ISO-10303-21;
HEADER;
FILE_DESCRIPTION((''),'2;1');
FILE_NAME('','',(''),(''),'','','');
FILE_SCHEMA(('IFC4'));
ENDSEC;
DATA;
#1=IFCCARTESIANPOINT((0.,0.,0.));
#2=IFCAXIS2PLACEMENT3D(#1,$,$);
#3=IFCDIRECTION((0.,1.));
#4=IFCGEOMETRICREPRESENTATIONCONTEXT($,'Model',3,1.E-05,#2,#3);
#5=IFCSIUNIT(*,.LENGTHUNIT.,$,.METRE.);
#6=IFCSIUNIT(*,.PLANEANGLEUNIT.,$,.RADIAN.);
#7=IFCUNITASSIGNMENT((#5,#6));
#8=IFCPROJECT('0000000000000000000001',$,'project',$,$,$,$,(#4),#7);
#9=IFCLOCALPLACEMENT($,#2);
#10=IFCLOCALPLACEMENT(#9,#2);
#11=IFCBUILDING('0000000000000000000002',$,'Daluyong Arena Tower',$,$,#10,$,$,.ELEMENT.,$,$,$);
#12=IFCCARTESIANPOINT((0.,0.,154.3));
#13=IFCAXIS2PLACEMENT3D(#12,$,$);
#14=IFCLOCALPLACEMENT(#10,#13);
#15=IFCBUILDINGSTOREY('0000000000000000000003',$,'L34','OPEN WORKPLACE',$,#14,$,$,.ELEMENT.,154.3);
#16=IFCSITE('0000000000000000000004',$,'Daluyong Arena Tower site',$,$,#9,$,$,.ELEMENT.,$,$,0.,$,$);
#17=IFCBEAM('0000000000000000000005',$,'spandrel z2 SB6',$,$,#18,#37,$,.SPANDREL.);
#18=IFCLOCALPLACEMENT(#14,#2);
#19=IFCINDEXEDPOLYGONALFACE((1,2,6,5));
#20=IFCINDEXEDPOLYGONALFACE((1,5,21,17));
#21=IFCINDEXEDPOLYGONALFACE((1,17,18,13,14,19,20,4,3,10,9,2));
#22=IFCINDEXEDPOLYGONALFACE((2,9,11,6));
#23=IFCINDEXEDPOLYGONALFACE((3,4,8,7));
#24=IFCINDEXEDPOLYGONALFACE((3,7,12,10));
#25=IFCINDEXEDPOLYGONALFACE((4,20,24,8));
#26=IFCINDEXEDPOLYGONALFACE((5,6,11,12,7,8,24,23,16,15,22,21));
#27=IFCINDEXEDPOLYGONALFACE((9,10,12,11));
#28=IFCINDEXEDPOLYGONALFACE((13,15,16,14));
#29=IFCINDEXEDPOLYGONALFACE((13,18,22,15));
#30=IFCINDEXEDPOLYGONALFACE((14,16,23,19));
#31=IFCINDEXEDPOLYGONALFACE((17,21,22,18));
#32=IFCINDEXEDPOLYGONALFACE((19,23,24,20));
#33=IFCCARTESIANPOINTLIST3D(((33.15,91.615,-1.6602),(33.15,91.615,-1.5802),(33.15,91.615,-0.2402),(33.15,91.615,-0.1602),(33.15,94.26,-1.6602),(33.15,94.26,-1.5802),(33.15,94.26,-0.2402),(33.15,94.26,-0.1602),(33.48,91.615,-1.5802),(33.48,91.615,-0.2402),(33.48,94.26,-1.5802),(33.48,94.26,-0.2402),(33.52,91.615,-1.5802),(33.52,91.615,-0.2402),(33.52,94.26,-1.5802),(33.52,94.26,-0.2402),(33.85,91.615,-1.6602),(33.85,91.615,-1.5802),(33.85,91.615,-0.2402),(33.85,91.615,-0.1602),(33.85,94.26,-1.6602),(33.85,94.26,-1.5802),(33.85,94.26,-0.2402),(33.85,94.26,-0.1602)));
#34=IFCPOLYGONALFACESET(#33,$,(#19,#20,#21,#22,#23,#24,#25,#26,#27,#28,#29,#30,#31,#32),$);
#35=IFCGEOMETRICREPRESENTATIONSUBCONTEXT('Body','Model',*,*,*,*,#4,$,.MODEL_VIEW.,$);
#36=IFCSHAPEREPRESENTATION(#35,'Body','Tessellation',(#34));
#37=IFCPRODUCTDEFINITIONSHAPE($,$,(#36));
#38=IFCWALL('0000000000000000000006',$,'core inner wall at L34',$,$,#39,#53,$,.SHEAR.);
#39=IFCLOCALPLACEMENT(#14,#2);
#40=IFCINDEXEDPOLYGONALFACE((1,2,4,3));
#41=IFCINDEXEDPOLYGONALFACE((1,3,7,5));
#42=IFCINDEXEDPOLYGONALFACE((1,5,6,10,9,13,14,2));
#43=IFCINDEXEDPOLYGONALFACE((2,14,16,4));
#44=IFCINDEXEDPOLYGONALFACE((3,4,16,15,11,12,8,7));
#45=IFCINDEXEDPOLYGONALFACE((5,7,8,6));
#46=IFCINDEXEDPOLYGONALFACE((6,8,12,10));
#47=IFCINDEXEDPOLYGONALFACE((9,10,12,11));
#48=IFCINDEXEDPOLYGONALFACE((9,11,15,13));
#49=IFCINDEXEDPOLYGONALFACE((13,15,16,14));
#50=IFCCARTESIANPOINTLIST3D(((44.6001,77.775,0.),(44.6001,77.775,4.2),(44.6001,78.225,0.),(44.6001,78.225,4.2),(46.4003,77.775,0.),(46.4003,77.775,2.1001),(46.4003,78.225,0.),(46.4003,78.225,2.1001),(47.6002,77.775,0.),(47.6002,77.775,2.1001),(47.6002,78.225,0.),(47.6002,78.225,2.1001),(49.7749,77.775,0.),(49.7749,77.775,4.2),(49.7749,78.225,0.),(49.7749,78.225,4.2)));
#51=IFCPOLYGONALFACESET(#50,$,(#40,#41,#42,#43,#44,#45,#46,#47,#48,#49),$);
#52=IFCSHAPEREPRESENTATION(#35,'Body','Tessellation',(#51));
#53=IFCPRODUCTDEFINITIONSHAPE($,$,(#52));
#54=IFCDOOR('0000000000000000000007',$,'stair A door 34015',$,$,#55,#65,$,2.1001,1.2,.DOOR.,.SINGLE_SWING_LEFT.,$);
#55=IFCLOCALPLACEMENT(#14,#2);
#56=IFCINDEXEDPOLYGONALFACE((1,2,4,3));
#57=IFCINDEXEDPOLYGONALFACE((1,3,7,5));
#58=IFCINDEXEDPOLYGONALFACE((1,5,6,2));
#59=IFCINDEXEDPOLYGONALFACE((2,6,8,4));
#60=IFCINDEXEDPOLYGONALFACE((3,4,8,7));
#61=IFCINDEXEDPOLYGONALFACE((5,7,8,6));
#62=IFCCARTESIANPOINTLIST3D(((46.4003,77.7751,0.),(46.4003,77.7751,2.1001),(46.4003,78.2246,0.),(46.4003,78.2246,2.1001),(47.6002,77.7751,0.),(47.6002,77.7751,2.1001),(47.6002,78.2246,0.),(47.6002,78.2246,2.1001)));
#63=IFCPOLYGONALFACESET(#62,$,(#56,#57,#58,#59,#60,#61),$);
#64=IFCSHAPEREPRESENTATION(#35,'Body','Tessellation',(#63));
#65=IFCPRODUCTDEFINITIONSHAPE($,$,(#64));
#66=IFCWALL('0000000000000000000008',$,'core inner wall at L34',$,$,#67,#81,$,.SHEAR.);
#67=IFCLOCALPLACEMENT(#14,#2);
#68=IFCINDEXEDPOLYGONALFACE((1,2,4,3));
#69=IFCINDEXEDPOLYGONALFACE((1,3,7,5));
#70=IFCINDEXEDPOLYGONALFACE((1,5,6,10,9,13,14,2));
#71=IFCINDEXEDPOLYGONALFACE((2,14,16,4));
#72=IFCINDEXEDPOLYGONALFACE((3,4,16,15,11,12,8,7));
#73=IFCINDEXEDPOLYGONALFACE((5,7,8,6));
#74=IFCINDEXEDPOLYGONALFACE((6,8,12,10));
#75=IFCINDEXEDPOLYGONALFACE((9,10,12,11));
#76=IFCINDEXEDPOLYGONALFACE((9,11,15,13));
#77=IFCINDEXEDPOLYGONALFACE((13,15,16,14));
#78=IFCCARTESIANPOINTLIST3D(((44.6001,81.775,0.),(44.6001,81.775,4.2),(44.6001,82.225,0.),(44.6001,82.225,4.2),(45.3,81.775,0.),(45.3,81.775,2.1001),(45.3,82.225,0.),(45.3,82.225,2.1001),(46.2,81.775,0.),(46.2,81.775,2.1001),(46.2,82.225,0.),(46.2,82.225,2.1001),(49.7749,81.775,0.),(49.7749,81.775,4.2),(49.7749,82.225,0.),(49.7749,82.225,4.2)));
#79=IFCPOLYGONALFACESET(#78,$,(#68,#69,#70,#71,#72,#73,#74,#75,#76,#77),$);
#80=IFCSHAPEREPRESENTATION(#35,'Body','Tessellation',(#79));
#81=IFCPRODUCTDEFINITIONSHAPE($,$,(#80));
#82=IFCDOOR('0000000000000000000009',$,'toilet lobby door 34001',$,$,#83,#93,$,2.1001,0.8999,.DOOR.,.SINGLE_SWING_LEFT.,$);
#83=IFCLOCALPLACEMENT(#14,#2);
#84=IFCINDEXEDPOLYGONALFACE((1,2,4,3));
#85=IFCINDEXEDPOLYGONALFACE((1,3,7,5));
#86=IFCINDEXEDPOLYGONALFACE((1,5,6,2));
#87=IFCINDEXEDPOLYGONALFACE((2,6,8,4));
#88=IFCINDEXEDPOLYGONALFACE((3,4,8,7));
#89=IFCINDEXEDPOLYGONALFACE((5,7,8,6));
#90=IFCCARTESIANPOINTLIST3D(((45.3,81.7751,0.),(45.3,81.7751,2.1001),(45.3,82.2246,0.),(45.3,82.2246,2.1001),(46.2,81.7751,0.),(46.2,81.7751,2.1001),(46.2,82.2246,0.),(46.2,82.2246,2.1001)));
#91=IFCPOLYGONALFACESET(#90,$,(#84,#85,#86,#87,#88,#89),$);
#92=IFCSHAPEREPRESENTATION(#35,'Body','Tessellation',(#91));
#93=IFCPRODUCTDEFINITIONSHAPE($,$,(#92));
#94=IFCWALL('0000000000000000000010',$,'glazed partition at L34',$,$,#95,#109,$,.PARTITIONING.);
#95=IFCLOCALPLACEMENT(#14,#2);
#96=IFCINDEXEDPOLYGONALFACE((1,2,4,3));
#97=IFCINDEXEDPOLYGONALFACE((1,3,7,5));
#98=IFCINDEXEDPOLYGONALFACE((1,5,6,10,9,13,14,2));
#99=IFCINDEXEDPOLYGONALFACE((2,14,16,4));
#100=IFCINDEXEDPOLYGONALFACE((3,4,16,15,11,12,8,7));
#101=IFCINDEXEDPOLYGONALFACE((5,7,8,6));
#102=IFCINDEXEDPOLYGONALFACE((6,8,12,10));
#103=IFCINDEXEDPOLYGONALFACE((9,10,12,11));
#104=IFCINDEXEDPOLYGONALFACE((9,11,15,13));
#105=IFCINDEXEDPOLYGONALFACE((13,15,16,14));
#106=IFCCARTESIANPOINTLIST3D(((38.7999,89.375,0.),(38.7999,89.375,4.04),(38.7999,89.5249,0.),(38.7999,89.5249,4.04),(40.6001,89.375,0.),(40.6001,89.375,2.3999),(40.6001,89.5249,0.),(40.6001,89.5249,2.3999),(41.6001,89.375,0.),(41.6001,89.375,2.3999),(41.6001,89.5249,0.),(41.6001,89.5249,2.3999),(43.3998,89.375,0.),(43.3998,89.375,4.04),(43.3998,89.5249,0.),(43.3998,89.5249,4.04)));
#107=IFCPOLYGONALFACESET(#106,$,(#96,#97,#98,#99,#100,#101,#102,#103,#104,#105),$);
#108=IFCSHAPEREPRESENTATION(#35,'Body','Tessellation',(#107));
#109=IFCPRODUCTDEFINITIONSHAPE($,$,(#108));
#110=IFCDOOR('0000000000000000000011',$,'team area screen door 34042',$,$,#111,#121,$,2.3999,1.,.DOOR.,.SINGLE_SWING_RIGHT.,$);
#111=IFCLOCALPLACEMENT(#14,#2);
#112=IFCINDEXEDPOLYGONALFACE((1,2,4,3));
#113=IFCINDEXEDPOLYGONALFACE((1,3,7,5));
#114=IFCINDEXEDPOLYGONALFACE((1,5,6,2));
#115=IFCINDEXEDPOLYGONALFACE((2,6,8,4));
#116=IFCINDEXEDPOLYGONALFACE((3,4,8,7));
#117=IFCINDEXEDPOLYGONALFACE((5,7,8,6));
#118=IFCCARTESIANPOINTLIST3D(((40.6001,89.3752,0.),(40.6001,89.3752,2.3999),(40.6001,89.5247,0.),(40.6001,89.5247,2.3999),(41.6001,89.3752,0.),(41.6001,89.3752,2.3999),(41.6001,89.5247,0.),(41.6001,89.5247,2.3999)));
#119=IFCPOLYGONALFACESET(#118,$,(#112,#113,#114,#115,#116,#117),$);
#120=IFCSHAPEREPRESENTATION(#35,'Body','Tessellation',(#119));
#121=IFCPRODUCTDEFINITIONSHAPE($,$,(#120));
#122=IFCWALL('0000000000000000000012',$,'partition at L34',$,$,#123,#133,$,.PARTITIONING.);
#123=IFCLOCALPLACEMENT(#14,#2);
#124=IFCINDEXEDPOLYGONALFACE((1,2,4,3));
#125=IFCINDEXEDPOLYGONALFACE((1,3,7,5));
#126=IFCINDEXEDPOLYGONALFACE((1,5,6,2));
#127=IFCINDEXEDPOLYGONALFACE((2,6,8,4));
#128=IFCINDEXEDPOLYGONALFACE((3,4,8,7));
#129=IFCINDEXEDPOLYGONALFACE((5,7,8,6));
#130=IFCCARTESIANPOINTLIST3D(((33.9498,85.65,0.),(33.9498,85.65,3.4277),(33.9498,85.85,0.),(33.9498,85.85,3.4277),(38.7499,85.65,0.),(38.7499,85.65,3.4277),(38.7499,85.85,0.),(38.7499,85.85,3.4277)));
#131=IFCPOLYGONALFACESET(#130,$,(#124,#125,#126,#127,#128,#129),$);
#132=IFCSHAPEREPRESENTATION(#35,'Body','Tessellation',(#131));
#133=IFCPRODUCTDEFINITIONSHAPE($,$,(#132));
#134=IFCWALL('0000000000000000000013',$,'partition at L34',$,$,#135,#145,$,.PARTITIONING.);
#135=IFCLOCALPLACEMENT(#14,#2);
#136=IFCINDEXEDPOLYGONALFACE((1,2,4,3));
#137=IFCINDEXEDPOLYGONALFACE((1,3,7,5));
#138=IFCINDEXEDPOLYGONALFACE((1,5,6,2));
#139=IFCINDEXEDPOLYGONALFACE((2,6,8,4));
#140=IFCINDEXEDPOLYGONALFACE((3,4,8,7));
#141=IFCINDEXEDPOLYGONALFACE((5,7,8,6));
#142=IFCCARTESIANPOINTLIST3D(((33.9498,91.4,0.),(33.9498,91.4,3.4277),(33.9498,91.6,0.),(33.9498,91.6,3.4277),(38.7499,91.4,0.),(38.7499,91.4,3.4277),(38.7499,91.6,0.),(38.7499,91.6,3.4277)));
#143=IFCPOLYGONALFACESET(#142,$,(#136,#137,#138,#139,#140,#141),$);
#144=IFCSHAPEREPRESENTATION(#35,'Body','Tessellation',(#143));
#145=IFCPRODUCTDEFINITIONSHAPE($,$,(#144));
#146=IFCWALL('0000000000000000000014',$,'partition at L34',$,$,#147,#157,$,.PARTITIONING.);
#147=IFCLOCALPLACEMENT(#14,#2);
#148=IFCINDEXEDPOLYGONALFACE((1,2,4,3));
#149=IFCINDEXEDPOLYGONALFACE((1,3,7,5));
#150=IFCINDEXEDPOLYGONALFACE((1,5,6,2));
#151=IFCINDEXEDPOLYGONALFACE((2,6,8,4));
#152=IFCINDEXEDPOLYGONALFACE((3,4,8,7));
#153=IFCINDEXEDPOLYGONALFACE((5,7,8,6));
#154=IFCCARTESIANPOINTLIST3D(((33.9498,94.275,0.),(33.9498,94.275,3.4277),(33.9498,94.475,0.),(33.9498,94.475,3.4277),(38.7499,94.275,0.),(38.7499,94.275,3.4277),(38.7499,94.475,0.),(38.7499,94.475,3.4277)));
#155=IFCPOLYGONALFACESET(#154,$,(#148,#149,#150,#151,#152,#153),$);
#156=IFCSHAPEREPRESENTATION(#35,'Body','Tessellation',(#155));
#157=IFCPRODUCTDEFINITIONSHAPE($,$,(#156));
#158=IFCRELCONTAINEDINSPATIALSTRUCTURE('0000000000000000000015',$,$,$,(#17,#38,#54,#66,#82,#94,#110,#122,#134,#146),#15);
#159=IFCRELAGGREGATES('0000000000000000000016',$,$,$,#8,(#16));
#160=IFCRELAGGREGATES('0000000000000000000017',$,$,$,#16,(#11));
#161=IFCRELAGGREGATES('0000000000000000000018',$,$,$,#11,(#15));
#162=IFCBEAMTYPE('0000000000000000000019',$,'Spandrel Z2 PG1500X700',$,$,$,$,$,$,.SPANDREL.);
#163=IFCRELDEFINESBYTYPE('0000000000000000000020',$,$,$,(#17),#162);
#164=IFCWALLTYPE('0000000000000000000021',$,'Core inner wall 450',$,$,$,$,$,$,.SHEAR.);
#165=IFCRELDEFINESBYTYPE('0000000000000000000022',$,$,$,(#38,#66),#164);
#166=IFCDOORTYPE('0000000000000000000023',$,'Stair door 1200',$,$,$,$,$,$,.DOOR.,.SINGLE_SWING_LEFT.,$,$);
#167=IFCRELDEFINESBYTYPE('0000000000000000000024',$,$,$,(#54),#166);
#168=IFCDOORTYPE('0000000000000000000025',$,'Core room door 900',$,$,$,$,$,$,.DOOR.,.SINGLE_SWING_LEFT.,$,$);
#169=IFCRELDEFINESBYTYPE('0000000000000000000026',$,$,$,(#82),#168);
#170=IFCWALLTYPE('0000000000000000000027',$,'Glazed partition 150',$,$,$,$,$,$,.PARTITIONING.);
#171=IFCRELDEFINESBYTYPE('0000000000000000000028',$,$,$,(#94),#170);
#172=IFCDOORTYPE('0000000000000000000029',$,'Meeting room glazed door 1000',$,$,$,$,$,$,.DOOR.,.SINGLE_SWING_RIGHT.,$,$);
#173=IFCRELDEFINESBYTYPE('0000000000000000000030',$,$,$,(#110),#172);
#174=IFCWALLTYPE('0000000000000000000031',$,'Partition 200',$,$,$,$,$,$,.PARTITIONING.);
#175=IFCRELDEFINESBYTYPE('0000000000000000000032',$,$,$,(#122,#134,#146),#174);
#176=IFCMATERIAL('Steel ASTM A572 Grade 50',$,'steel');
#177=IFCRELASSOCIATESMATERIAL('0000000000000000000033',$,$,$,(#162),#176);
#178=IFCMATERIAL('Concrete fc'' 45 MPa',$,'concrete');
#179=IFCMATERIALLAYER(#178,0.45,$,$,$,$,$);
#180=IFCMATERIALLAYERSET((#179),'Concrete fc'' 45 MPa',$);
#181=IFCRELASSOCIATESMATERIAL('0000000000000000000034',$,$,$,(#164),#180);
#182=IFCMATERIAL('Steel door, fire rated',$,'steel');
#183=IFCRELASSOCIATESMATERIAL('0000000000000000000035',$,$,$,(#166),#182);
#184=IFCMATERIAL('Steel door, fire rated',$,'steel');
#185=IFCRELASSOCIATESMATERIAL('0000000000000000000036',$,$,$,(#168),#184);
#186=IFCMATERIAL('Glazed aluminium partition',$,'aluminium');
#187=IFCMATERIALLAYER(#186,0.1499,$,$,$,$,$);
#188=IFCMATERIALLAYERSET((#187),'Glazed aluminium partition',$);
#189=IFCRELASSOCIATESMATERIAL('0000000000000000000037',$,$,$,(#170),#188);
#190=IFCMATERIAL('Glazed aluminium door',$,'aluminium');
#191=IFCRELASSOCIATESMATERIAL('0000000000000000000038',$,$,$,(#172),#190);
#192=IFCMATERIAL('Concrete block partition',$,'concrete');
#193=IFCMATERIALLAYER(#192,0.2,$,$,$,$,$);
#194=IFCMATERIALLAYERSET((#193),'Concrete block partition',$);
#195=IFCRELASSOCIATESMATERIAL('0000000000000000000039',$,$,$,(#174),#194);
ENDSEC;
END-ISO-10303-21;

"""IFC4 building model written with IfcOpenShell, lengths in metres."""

from ifc_helpers import new_model, si_unit, direction, frame, frame_2d, origin, origin_2d, place, context, subcontext, project, spatial, rectangle, i_section, extrude, material, layer, layer_set, material_profile, profile_set, type_object, element, fill, save


model = new_model("IFC4")

# Units and contexts
model_context = context("Model", 3, precision=1e-05, world=origin(), true_north=direction((0.0, 1.0)))
body_context = subcontext(model_context, "Body", "Model", "MODEL_VIEW")
ifc_project = project(units=[si_unit("LENGTHUNIT", "METRE"), si_unit("PLANEANGLEUNIT", "RADIAN")], contexts=[model_context])

# Site, building, storey
site_placement = place(None, origin())
site = spatial("IfcSite", under=ifc_project, at=site_placement, Name="Daluyong Arena Tower site", CompositionType="ELEMENT", RefElevation=0.0)
building_placement = place(site_placement, origin())
building = spatial("IfcBuilding", under=site, at=building_placement, Name="Daluyong Arena Tower", CompositionType="ELEMENT")
storey_placement = place(building_placement, frame((0.0, 0.0, 154.3)))
storey = spatial("IfcBuildingStorey", under=building, at=storey_placement, Name="L34", Description="OPEN WORKPLACE", CompositionType="ELEMENT", Elevation=154.3)

# Beam
ifc_material_1 = material(Name="Steel ASTM A572 Grade 50", Category="steel")
ifc_material_profile_1 = material_profile(ifc_material_1, i_section(OverallWidth=0.7, OverallDepth=1.5, WebThickness=0.04, FlangeThickness=0.08, at=origin_2d()))
ifc_profile_set_1 = profile_set([ifc_material_profile_1], Name="Steel ASTM A572 Grade 50")
beam_type_1 = type_object("IfcBeamType", Name="Spandrel Z2 PG1500X700", PredefinedType="SPANDREL", material=ifc_profile_set_1)
for number, where, z_axis, x_axis, name in (
    (1, (33.5, 94.26, -0.9102), (0.0, -1.0, 0.0), (1.0, 0.0, 0.0), "spandrel z2 SB6"),
):
    element("IfcBeam", number, at=place(storey_placement, frame(where, z_axis=z_axis, x_axis=x_axis)), inside=storey, type_object=beam_type_1, Name=name, PredefinedType="SPANDREL", context=body_context, shape_type="SweptSolid", body=[
        extrude(i_section(OverallWidth=0.7, OverallDepth=1.5, WebThickness=0.04, FlangeThickness=0.08, at=origin_2d()), origin(), (0.0, 0.0, 1.0), 2.645),
    ])

# Walls, openings, doors
ifc_material_2 = material(Name="Concrete fc' 45 MPa", Category="concrete")
ifc_layer_1 = layer(ifc_material_2, 0.45)
ifc_layer_set_1 = layer_set([ifc_layer_1], Name="Concrete fc' 45 MPa")
wall_type_1 = type_object("IfcWallType", Name="Core inner wall 450", PredefinedType="SHEAR", material=ifc_layer_set_1)
wall_1_placement = place(storey_placement, frame((44.6001, 78.0, 0.0), z_axis=(0.0, 0.0, 1.0), x_axis=(1.0, 0.0, 0.0)))
wall_1 = element("IfcWall", 2, at=wall_1_placement, inside=storey, type_object=wall_type_1, Name="core inner wall at L34", PredefinedType="SHEAR", context=body_context, shape_type="SweptSolid", body=[
    extrude(rectangle(XDim=5.1748, YDim=0.45, at=frame_2d((2.5874, 0.0))), origin(), (0.0, 0.0, 1.0), 4.2),
])
opening_1_placement = place(wall_1_placement, frame((1.8, 0.0, 0.0)))
opening_1 = element("IfcOpeningElement", 3, at=opening_1_placement, cuts=wall_1, PredefinedType="OPENING", context=body_context, shape_type="SweptSolid", body=[
    extrude(rectangle(XDim=1.2, YDim=2.1001, at=frame_2d((0.6001, 1.05))), frame((0.0, 0.2349, 0.0), z_axis=(0.0, -1.0, 0.0), x_axis=(1.0, 0.0, 0.0)), (0.0, 0.0, 1.0), 0.47),
])
ifc_material_3 = material(Name="Steel door, fire rated", Category="steel")
door_type_1 = type_object("IfcDoorType", Name="Stair door 1200", OperationType="SINGLE_SWING_LEFT", PredefinedType="DOOR", material=ifc_material_3)
door_1_placement = place(opening_1_placement, origin())
door_1 = element("IfcDoor", 4, at=door_1_placement, inside=storey, type_object=door_type_1, Name="stair A door 34015", OperationType="SINGLE_SWING_LEFT", OverallHeight=2.1001, OverallWidth=1.2, PredefinedType="DOOR", context=body_context, shape_type="SweptSolid", body=[
    extrude(rectangle(XDim=1.2, YDim=2.1001, at=frame_2d((0.6001, 1.05))), frame((0.0, 0.2246, 0.0), z_axis=(0.0, -1.0, 0.0), x_axis=(1.0, 0.0, 0.0)), (0.0, 0.0, 1.0), 0.4495),
])
fill(opening_1, door_1)
wall_2_placement = place(storey_placement, frame((44.6001, 82.0, 0.0), z_axis=(0.0, 0.0, 1.0), x_axis=(1.0, 0.0, 0.0)))
wall_2 = element("IfcWall", 5, at=wall_2_placement, inside=storey, type_object=wall_type_1, Name="core inner wall at L34", PredefinedType="SHEAR", context=body_context, shape_type="SweptSolid", body=[
    extrude(rectangle(XDim=5.1748, YDim=0.45, at=frame_2d((2.5874, 0.0))), origin(), (0.0, 0.0, 1.0), 4.2),
])
opening_2_placement = place(wall_2_placement, frame((0.7, 0.0, 0.0)))
opening_2 = element("IfcOpeningElement", 6, at=opening_2_placement, cuts=wall_2, PredefinedType="OPENING", context=body_context, shape_type="SweptSolid", body=[
    extrude(rectangle(XDim=0.8999, YDim=2.1001, at=frame_2d((0.45, 1.05))), frame((0.0, 0.2349, 0.0), z_axis=(0.0, -1.0, 0.0), x_axis=(1.0, 0.0, 0.0)), (0.0, 0.0, 1.0), 0.47),
])
ifc_material_4 = material(Name="Steel door, fire rated", Category="steel")
door_type_2 = type_object("IfcDoorType", Name="Core room door 900", OperationType="SINGLE_SWING_LEFT", PredefinedType="DOOR", material=ifc_material_4)
door_2_placement = place(opening_2_placement, origin())
door_2 = element("IfcDoor", 7, at=door_2_placement, inside=storey, type_object=door_type_2, Name="toilet lobby door 34001", OperationType="SINGLE_SWING_LEFT", OverallHeight=2.1001, OverallWidth=0.8999, PredefinedType="DOOR", context=body_context, shape_type="SweptSolid", body=[
    extrude(rectangle(XDim=0.8999, YDim=2.1001, at=frame_2d((0.45, 1.05))), frame((0.0, 0.2246, 0.0), z_axis=(0.0, -1.0, 0.0), x_axis=(1.0, 0.0, 0.0)), (0.0, 0.0, 1.0), 0.4495),
])
fill(opening_2, door_2)
ifc_material_5 = material(Name="Glazed aluminium partition", Category="aluminium")
ifc_layer_2 = layer(ifc_material_5, 0.1499)
ifc_layer_set_2 = layer_set([ifc_layer_2], Name="Glazed aluminium partition")
wall_type_2 = type_object("IfcWallType", Name="Glazed partition 150", PredefinedType="PARTITIONING", material=ifc_layer_set_2)
wall_3_placement = place(storey_placement, frame((38.8, 89.45, 0.0), z_axis=(0.0, 0.0, 1.0), x_axis=(1.0, 0.0, 0.0)))
wall_3 = element("IfcWall", 8, at=wall_3_placement, inside=storey, type_object=wall_type_2, Name="glazed partition at L34", PredefinedType="PARTITIONING", context=body_context, shape_type="SweptSolid", body=[
    extrude(rectangle(XDim=4.5999, YDim=0.1499, at=frame_2d((2.2998, 0.0))), origin(), (0.0, 0.0, 1.0), 4.04),
])
opening_3_placement = place(wall_3_placement, frame((1.8, 0.0, 0.0)))
opening_3 = element("IfcOpeningElement", 9, at=opening_3_placement, cuts=wall_3, PredefinedType="OPENING", context=body_context, shape_type="SweptSolid", body=[
    extrude(rectangle(XDim=1.0, YDim=2.3999, at=frame_2d((0.5, 1.2))), frame((0.0, 0.085, 0.0), z_axis=(0.0, -1.0, 0.0), x_axis=(1.0, 0.0, 0.0)), (0.0, 0.0, 1.0), 0.1699),
])
ifc_material_6 = material(Name="Glazed aluminium door", Category="aluminium")
door_type_3 = type_object("IfcDoorType", Name="Meeting room glazed door 1000", OperationType="SINGLE_SWING_RIGHT", PredefinedType="DOOR", material=ifc_material_6)
door_3_placement = place(opening_3_placement, origin())
door_3 = element("IfcDoor", 10, at=door_3_placement, inside=storey, type_object=door_type_3, Name="team area screen door 34042", OperationType="SINGLE_SWING_RIGHT", OverallHeight=2.3999, OverallWidth=1.0, PredefinedType="DOOR", context=body_context, shape_type="SweptSolid", body=[
    extrude(rectangle(XDim=1.0, YDim=2.3999, at=frame_2d((0.5, 1.2))), frame((0.0, 0.0747, 0.0), z_axis=(0.0, -1.0, 0.0), x_axis=(1.0, 0.0, 0.0)), (0.0, 0.0, 1.0), 0.1494),
])
fill(opening_3, door_3)

# Walls
ifc_material_7 = material(Name="Concrete block partition", Category="concrete")
ifc_layer_3 = layer(ifc_material_7, 0.2)
ifc_layer_set_3 = layer_set([ifc_layer_3], Name="Concrete block partition")
wall_type_3 = type_object("IfcWallType", Name="Partition 200", PredefinedType="PARTITIONING", material=ifc_layer_set_3)
for number, where, z_axis, x_axis, name in (
    (11, (33.95, 85.75, 0.0), (0.0, 0.0, 1.0), (1.0, 0.0, 0.0), "partition at L34"),
    (12, (33.95, 91.5, 0.0), (0.0, 0.0, 1.0), (1.0, 0.0, 0.0), "partition at L34"),
    (13, (33.95, 94.375, 0.0), (0.0, 0.0, 1.0), (1.0, 0.0, 0.0), "partition at L34"),
):
    element("IfcWall", number, at=place(storey_placement, frame(where, z_axis=z_axis, x_axis=x_axis)), inside=storey, type_object=wall_type_3, Name=name, PredefinedType="PARTITIONING", context=body_context, shape_type="SweptSolid", body=[
        extrude(rectangle(XDim=4.8, YDim=0.2, at=frame_2d((2.3999, 0.0))), origin(), (0.0, 0.0, 1.0), 3.4277),
    ])

save(model, "model.ifc")
